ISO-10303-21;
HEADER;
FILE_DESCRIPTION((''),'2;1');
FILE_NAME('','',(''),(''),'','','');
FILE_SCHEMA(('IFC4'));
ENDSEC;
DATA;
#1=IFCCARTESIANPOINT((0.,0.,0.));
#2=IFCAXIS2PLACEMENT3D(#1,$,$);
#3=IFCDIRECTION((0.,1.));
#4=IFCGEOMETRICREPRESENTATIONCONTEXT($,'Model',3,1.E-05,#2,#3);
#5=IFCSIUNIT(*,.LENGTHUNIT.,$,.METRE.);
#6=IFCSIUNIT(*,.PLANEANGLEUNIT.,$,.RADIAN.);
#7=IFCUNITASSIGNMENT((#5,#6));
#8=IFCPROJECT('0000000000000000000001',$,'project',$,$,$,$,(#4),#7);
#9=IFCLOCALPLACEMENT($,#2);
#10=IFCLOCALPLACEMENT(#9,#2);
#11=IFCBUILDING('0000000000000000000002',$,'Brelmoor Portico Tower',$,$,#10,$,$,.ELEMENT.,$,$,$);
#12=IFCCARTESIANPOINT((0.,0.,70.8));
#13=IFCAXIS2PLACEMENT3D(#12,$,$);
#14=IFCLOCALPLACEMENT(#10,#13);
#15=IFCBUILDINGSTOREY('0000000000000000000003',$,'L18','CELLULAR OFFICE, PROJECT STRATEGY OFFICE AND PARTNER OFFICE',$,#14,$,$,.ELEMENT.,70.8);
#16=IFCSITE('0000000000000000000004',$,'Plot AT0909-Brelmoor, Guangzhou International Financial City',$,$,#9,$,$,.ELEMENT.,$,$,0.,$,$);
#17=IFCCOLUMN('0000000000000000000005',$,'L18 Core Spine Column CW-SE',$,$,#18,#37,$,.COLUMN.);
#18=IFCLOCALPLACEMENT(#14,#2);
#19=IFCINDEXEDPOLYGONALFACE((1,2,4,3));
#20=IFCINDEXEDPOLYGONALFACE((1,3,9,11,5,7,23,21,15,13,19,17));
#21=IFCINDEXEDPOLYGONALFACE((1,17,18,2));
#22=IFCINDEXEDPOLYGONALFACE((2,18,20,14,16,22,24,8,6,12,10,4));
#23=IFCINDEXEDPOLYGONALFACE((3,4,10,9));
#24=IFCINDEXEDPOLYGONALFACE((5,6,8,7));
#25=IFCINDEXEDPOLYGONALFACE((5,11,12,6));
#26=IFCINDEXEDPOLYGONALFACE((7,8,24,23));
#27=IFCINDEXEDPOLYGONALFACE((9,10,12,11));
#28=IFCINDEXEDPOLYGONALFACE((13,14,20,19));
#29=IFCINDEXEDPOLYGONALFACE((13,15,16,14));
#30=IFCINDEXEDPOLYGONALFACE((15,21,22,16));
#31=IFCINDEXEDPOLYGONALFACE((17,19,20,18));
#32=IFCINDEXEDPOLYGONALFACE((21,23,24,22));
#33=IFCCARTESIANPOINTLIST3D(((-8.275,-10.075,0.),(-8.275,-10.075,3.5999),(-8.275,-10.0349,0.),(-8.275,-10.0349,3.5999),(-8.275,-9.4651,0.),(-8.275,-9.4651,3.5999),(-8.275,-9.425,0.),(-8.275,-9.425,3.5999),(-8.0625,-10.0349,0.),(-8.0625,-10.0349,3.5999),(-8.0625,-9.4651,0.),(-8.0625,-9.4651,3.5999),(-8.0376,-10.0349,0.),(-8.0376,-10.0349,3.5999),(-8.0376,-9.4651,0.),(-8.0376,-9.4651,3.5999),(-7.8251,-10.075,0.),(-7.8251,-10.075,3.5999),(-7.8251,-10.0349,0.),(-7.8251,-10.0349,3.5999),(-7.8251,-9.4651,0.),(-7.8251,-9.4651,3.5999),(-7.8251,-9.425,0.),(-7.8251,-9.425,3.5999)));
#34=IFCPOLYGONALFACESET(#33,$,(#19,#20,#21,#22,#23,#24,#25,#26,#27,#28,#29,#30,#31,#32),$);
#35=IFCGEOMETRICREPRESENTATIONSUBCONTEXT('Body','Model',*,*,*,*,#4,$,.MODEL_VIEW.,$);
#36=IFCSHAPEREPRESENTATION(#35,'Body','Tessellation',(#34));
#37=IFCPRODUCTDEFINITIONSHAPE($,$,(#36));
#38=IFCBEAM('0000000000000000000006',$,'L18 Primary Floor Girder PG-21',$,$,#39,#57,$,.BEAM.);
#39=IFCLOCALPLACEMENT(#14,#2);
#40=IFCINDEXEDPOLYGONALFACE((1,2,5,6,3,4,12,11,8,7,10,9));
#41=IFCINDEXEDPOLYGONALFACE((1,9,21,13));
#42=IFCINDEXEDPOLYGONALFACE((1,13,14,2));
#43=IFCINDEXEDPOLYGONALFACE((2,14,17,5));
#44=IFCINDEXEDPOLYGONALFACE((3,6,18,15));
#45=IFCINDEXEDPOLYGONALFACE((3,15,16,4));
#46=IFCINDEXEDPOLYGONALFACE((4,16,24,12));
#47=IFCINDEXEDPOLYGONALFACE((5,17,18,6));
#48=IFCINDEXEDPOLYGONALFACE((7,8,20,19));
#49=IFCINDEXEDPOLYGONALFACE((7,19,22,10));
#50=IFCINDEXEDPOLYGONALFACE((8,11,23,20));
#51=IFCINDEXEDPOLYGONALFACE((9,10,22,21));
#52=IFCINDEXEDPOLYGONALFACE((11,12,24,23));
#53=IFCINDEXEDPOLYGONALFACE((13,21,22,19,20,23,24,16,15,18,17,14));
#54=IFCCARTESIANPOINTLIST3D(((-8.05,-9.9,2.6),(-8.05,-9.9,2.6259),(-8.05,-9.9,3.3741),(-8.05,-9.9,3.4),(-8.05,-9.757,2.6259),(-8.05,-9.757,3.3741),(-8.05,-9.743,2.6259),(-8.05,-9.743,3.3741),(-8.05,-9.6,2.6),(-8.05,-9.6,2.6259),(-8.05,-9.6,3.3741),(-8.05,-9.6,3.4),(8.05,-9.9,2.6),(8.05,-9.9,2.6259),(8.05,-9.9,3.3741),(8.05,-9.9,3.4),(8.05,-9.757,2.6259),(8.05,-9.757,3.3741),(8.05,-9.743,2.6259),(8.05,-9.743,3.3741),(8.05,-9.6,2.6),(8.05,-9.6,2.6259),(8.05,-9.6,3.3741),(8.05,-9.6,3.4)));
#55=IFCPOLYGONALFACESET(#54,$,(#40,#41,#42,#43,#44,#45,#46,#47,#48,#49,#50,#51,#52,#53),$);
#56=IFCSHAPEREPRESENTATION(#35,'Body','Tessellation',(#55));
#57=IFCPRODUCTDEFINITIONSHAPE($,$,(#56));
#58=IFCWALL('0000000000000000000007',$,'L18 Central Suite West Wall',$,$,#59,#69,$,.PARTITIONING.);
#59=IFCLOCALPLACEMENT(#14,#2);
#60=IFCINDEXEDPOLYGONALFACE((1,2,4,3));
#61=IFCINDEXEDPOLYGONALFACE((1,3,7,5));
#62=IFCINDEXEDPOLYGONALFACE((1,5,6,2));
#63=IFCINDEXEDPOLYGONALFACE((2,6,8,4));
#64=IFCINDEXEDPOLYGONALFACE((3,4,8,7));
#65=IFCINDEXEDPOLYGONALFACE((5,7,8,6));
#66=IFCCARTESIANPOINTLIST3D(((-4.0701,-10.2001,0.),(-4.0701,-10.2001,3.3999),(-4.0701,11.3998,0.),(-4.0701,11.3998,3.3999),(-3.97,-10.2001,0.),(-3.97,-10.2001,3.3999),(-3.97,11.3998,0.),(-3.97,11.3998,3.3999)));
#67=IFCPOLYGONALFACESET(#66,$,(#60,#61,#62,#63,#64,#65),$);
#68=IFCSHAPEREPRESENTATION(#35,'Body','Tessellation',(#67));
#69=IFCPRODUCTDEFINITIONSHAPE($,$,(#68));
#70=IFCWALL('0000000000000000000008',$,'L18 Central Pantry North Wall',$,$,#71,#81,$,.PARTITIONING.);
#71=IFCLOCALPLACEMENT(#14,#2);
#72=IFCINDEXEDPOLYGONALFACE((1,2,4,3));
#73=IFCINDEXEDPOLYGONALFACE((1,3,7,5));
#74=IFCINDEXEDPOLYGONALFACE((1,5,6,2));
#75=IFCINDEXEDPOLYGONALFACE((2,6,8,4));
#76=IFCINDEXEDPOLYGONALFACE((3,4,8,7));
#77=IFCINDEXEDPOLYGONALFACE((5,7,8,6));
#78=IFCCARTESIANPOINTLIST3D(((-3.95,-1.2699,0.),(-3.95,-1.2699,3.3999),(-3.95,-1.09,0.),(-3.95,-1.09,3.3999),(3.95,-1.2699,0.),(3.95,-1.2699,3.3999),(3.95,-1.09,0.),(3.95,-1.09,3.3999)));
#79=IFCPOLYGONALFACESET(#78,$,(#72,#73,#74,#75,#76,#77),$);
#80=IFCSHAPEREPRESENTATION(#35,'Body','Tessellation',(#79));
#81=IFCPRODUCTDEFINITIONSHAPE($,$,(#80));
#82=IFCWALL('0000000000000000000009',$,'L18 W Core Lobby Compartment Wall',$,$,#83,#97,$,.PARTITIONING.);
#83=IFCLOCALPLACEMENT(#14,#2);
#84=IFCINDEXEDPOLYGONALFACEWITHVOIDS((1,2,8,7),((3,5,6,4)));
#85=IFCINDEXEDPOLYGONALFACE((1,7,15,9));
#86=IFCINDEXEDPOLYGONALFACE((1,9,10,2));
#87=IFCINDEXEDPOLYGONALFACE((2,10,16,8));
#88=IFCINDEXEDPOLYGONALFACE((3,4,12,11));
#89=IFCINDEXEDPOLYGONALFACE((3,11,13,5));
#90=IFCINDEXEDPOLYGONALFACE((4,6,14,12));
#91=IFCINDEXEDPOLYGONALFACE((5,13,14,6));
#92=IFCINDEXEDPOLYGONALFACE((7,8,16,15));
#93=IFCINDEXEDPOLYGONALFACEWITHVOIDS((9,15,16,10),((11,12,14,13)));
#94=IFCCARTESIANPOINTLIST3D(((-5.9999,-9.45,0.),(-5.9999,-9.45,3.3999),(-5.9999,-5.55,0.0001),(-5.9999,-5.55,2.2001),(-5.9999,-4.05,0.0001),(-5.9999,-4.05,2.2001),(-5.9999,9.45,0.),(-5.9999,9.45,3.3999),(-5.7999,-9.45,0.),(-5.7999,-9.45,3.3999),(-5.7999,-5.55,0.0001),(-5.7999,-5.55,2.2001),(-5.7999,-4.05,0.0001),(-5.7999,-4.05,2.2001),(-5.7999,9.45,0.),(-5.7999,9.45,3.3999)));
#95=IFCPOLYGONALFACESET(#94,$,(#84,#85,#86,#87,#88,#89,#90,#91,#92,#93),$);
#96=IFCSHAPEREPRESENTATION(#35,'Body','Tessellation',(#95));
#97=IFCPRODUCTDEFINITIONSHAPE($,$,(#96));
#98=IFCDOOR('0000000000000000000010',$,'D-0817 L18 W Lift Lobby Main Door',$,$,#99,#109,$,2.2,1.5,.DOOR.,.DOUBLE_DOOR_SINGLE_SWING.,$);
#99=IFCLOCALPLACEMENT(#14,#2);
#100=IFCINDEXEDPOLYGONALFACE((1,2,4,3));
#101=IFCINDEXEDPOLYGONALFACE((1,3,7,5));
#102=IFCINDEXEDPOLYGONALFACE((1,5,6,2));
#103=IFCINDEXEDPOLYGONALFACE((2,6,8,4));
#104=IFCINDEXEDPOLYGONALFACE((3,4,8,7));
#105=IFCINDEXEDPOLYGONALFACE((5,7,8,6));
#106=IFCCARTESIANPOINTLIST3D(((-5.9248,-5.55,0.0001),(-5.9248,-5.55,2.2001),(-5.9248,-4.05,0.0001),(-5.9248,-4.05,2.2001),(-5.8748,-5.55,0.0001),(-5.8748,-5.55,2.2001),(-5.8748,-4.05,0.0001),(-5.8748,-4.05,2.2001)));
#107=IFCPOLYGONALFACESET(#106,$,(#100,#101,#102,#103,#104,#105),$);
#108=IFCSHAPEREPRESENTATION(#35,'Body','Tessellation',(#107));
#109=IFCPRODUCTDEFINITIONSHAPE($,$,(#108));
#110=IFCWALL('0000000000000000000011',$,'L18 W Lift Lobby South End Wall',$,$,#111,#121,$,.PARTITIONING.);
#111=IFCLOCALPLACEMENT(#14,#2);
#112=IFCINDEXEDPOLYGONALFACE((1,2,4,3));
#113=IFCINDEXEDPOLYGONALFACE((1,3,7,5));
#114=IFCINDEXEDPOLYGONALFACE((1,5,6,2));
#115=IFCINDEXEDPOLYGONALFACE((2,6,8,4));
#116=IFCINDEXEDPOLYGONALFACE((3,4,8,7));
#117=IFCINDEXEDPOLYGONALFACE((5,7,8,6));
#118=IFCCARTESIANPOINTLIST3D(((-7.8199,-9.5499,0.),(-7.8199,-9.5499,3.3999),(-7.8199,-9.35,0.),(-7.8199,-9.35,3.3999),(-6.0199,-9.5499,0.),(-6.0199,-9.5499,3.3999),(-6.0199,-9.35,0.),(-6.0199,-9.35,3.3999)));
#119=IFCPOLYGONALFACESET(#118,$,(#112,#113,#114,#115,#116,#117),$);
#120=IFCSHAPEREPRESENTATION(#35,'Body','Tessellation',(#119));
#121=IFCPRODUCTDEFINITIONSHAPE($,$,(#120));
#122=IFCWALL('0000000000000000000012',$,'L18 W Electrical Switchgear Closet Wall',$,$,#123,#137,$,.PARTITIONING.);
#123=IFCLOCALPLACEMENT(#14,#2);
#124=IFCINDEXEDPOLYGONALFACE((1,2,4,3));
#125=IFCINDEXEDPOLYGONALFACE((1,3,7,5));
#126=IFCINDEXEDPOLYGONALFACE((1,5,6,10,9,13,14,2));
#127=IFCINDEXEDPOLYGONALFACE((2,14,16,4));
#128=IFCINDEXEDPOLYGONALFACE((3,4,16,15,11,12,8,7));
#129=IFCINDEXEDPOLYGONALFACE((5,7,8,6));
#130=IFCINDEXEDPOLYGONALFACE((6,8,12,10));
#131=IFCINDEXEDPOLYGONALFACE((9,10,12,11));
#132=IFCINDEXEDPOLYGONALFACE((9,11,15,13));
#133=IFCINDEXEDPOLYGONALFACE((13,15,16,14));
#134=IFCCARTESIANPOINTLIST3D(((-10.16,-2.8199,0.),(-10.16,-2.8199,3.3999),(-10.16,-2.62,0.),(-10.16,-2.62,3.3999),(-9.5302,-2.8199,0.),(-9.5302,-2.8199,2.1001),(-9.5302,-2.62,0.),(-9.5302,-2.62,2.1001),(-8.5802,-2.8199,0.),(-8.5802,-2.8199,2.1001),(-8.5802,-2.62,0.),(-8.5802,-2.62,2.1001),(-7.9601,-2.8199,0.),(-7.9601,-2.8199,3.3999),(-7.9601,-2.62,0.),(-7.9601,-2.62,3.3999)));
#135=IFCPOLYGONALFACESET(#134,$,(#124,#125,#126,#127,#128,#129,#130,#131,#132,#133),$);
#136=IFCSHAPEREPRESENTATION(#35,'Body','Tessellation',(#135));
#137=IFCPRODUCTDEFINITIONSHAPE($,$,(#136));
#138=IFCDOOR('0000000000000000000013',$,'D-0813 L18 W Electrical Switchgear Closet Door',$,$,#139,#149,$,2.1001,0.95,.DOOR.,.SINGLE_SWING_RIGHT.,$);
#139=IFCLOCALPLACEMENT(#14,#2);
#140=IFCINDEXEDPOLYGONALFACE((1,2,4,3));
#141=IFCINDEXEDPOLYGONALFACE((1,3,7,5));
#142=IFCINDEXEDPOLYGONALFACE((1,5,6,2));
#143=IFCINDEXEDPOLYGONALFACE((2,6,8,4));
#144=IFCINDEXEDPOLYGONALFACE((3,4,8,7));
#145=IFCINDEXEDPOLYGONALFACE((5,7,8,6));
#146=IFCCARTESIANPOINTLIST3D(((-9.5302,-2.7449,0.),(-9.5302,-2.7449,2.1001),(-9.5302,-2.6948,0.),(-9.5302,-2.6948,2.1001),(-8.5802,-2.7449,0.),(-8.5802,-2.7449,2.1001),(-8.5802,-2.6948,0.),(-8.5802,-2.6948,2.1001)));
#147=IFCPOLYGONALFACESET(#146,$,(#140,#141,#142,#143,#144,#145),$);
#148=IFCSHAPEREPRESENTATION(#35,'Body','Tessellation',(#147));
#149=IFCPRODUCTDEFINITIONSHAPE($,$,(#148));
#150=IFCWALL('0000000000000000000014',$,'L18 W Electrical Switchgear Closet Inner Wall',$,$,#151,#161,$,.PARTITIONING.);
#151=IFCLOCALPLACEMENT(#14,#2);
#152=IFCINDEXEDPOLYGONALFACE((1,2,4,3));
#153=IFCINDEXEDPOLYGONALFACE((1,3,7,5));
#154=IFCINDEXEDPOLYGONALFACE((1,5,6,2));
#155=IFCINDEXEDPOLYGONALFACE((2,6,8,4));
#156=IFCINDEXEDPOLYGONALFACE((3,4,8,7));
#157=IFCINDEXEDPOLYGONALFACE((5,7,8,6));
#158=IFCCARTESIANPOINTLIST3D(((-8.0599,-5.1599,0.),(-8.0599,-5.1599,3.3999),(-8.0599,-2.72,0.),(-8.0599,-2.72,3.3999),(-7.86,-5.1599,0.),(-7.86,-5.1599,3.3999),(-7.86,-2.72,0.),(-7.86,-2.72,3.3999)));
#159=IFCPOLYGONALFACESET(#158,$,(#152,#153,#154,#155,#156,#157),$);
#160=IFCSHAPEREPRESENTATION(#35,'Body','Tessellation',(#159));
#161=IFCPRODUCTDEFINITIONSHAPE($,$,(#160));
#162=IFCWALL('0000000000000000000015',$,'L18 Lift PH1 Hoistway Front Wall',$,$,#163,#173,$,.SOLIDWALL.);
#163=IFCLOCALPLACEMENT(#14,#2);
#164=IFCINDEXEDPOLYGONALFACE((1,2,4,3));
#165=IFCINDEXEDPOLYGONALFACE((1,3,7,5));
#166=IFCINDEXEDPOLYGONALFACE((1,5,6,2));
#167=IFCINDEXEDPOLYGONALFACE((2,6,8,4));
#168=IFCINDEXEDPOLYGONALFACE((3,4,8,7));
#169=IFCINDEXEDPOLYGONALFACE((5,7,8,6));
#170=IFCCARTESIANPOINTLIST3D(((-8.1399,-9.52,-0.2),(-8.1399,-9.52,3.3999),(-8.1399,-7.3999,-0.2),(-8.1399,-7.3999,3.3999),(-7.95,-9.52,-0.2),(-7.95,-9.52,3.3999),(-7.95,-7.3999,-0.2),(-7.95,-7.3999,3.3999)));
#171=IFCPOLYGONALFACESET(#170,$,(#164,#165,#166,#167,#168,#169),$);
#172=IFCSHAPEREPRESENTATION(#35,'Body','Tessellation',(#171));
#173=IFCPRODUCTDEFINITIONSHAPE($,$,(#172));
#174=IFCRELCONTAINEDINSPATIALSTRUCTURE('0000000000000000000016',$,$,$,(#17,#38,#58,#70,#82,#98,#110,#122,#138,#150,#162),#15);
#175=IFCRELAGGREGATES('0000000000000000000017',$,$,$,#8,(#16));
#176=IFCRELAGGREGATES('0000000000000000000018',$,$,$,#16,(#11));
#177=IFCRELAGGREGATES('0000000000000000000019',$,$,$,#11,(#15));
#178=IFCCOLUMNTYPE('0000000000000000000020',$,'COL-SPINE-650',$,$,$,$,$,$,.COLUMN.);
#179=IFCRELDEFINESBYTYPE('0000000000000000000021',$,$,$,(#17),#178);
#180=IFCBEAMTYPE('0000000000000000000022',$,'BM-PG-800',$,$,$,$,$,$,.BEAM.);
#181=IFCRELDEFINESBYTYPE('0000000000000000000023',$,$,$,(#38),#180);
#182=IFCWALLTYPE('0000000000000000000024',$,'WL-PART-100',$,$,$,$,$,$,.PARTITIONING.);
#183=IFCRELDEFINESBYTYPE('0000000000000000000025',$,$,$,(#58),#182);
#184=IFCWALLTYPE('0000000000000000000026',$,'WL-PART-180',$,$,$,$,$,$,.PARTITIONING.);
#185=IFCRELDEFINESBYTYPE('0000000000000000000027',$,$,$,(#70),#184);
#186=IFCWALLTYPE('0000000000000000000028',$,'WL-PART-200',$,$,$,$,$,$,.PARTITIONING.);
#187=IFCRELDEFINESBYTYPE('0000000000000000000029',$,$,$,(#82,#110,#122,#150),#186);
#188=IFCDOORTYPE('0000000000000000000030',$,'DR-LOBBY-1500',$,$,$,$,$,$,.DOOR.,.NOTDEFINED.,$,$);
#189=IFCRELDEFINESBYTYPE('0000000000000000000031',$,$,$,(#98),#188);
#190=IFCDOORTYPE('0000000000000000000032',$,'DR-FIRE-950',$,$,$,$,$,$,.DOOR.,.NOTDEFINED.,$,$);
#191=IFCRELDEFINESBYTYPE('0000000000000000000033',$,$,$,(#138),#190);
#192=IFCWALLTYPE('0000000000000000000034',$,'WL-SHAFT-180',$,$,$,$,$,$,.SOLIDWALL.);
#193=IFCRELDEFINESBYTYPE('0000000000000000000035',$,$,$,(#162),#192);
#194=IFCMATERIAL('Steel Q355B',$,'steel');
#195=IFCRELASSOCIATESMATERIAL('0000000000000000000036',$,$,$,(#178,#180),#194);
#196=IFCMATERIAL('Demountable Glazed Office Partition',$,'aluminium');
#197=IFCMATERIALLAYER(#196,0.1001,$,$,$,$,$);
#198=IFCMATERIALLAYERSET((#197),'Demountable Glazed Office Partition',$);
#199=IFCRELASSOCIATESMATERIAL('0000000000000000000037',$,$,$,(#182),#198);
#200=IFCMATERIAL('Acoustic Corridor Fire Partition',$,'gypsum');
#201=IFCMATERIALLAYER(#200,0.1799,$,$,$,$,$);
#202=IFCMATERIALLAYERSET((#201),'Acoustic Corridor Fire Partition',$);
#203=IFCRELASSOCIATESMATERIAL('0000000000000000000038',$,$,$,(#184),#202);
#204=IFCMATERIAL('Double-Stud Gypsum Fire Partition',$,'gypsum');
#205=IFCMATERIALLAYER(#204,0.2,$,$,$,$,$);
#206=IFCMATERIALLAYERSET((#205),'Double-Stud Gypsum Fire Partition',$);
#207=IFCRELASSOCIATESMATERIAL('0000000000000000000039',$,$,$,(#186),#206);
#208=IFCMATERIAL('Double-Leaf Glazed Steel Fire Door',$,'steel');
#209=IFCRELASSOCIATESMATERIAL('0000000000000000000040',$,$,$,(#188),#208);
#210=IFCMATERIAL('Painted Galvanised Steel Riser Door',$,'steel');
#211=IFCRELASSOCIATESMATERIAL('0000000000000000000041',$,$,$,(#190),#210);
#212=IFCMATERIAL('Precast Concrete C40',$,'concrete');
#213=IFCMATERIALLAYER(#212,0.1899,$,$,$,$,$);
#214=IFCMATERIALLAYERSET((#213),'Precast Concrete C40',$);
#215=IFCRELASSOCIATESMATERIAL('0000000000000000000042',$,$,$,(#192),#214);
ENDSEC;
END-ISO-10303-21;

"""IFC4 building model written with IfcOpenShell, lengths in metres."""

from ifc_helpers import new_model, si_unit, direction, frame, frame_2d, origin, origin_2d, place, context, subcontext, project, spatial, rectangle, i_section, extrude, material, layer, layer_set, material_profile, profile_set, type_object, element, fill, save


model = new_model("IFC4")

# Units and contexts
model_context = context("Model", 3, precision=1e-05, world=origin(), true_north=direction((0.0, 1.0)))
body_context = subcontext(model_context, "Body", "Model", "MODEL_VIEW")
ifc_project = project(units=[si_unit("LENGTHUNIT", "METRE"), si_unit("PLANEANGLEUNIT", "RADIAN")], contexts=[model_context])

# Site, building, storey
site_placement = place(None, origin())
site = spatial("IfcSite", under=ifc_project, at=site_placement, Name="Plot AT0909-Brelmoor, Guangzhou International Financial City", CompositionType="ELEMENT", RefElevation=0.0)
building_placement = place(site_placement, origin())
building = spatial("IfcBuilding", under=site, at=building_placement, Name="Brelmoor Portico Tower", CompositionType="ELEMENT")
storey_placement = place(building_placement, frame((0.0, 0.0, 70.8)))
storey = spatial("IfcBuildingStorey", under=building, at=storey_placement, Name="L18", Description="CELLULAR OFFICE, PROJECT STRATEGY OFFICE AND PARTNER OFFICE", CompositionType="ELEMENT", Elevation=70.8)

# Column
ifc_material_1 = material(Name="Steel Q355B", Category="steel")
ifc_material_profile_1 = material_profile(ifc_material_1, i_section(OverallWidth=0.45, OverallDepth=0.6499, WebThickness=0.0249, FlangeThickness=0.04, at=origin_2d()), Name="HW 650x450x25x40")
ifc_profile_set_1 = profile_set([ifc_material_profile_1], Name="Steel Q355B")
column_type = type_object("IfcColumnType", Name="COL-SPINE-650", PredefinedType="COLUMN", material=ifc_profile_set_1)
column_placement = place(storey_placement, frame((-8.05, -9.75, 0.0), z_axis=(0.0, 0.0, 1.0), x_axis=(1.0, 0.0, 0.0)))
element("IfcColumn", 1, at=column_placement, inside=storey, type_object=column_type, Name="L18 Core Spine Column CW-SE", PredefinedType="COLUMN", context=body_context, shape_type="SweptSolid", body=[
    extrude(i_section(OverallWidth=0.45, OverallDepth=0.6499, WebThickness=0.0249, FlangeThickness=0.04, at=origin_2d()), origin(), (0.0, 0.0, 1.0), 3.5999),
])

# Beam
ifc_material_profile_2 = material_profile(ifc_material_1, i_section(OverallWidth=0.3, OverallDepth=0.8, WebThickness=0.0139, FlangeThickness=0.0259, at=origin_2d()), Name="HN 800x300x14x26")
ifc_profile_set_2 = profile_set([ifc_material_profile_2], Name="Steel Q355B")
beam_type = type_object("IfcBeamType", Name="BM-PG-800", PredefinedType="BEAM", material=ifc_profile_set_2)
beam_placement = place(storey_placement, frame((-8.05, -9.75, 3.0), z_axis=(1.0, 0.0, 0.0), x_axis=(0.0, 1.0, 0.0)))
element("IfcBeam", 2, at=beam_placement, inside=storey, type_object=beam_type, Name="L18 Primary Floor Girder PG-21", PredefinedType="BEAM", context=body_context, shape_type="SweptSolid", body=[
    extrude(i_section(OverallWidth=0.3, OverallDepth=0.8, WebThickness=0.0139, FlangeThickness=0.0259, at=origin_2d()), origin(), (0.0, 0.0, 1.0), 16.1001),
])

# Walls
ifc_material_2 = material(Name="Demountable Glazed Office Partition", Category="aluminium")
ifc_layer_1 = layer(ifc_material_2, 0.1001)
ifc_layer_set_1 = layer_set([ifc_layer_1], Name="Demountable Glazed Office Partition")
wall_type_1 = type_object("IfcWallType", Name="WL-PART-100", PredefinedType="PARTITIONING", material=ifc_layer_set_1)
wall_1_placement = place(storey_placement, frame((-4.02, -10.2, 0.0), z_axis=(0.0, 0.0, 1.0), x_axis=(0.0, 1.0, 0.0)))
element("IfcWall", 3, at=wall_1_placement, inside=storey, type_object=wall_type_1, Name="L18 Central Suite West Wall", PredefinedType="PARTITIONING", context=body_context, shape_type="SweptSolid", body=[
    extrude(rectangle(XDim=21.5999, YDim=0.1001, at=frame_2d((10.7998, 0.0))), origin(), (0.0, 0.0, 1.0), 3.3999),
])
ifc_material_3 = material(Name="Acoustic Corridor Fire Partition", Category="gypsum")
ifc_layer_2 = layer(ifc_material_3, 0.1799)
ifc_layer_set_2 = layer_set([ifc_layer_2], Name="Acoustic Corridor Fire Partition")
wall_type_2 = type_object("IfcWallType", Name="WL-PART-180", PredefinedType="PARTITIONING", material=ifc_layer_set_2)
wall_2_placement = place(storey_placement, frame((-3.95, -1.1799, 0.0), z_axis=(0.0, 0.0, 1.0), x_axis=(1.0, 0.0, 0.0)))
element("IfcWall", 4, at=wall_2_placement, inside=storey, type_object=wall_type_2, Name="L18 Central Pantry North Wall", PredefinedType="PARTITIONING", context=body_context, shape_type="SweptSolid", body=[
    extrude(rectangle(XDim=7.8999, YDim=0.1799, at=frame_2d((3.95, 0.0))), origin(), (0.0, 0.0, 1.0), 3.3999),
])

# Wall, opening, door
ifc_material_4 = material(Name="Double-Stud Gypsum Fire Partition", Category="gypsum")
ifc_layer_3 = layer(ifc_material_4, 0.2)
ifc_layer_set_3 = layer_set([ifc_layer_3], Name="Double-Stud Gypsum Fire Partition")
wall_type_3 = type_object("IfcWallType", Name="WL-PART-200", PredefinedType="PARTITIONING", material=ifc_layer_set_3)
wall_3_placement = place(storey_placement, frame((-5.8999, -9.45, 0.0), z_axis=(0.0, 0.0, 1.0), x_axis=(0.0, 1.0, 0.0)))
wall_3 = element("IfcWall", 5, at=wall_3_placement, inside=storey, type_object=wall_type_3, Name="L18 W Core Lobby Compartment Wall", PredefinedType="PARTITIONING", context=body_context, shape_type="SweptSolid", body=[
    extrude(rectangle(XDim=18.8999, YDim=0.2, at=frame_2d((9.45, 0.0))), origin(), (0.0, 0.0, 1.0), 3.3999),
])
opening_1_placement = place(wall_3_placement, frame((3.8999, 0.0, 0.0)))
opening_1 = element("IfcOpeningElement", 6, at=opening_1_placement, cuts=wall_3, PredefinedType="OPENING", context=body_context, shape_type="SweptSolid", body=[
    extrude(rectangle(XDim=1.5, YDim=2.2, at=frame_2d((0.75, 1.1001))), frame((0.0, 0.1099, 0.0), z_axis=(0.0, -1.0, 0.0), x_axis=(1.0, 0.0, 0.0)), (0.0, 0.0, 1.0), 0.22),
])
ifc_material_5 = material(Name="Double-Leaf Glazed Steel Fire Door", Category="steel")
door_type_1 = type_object("IfcDoorType", Name="DR-LOBBY-1500", OperationType="NOTDEFINED", PredefinedType="DOOR", material=ifc_material_5)
door_1_placement = place(opening_1_placement, origin())
door_1 = element("IfcDoor", 7, at=door_1_placement, inside=storey, type_object=door_type_1, Name="D-0817 L18 W Lift Lobby Main Door", OperationType="DOUBLE_DOOR_SINGLE_SWING", OverallHeight=2.2, OverallWidth=1.5, PredefinedType="DOOR", context=body_context, shape_type="SweptSolid", body=[
    extrude(rectangle(XDim=1.5, YDim=2.2, at=frame_2d((0.75, 1.1001))), frame((0.0, 0.0249, 0.0), z_axis=(0.0, -1.0, 0.0), x_axis=(1.0, 0.0, 0.0)), (0.0, 0.0, 1.0), 0.05),
])
fill(opening_1, door_1)

# Wall
wall_4_placement = place(storey_placement, frame((-6.02, -9.45, 0.0), z_axis=(0.0, 0.0, 1.0), x_axis=(-1.0, 0.0, 0.0)))
element("IfcWall", 8, at=wall_4_placement, inside=storey, type_object=wall_type_3, Name="L18 W Lift Lobby South End Wall", PredefinedType="PARTITIONING", context=body_context, shape_type="SweptSolid", body=[
    extrude(rectangle(XDim=1.8, YDim=0.2, at=frame_2d((0.8999, 0.0))), origin(), (0.0, 0.0, 1.0), 3.3999),
])

# Wall, opening, door
wall_5_placement = place(storey_placement, frame((-7.96, -2.72, 0.0), z_axis=(0.0, 0.0, 1.0), x_axis=(-1.0, 0.0, 0.0)))
wall_5 = element("IfcWall", 9, at=wall_5_placement, inside=storey, type_object=wall_type_3, Name="L18 W Electrical Switchgear Closet Wall", PredefinedType="PARTITIONING", context=body_context, shape_type="SweptSolid", body=[
    extrude(rectangle(XDim=2.2, YDim=0.2, at=frame_2d((1.1001, 0.0))), origin(), (0.0, 0.0, 1.0), 3.3999),
])
opening_2_placement = place(wall_5_placement, frame((0.6201, 0.0, 0.0)))
opening_2 = element("IfcOpeningElement", 10, at=opening_2_placement, cuts=wall_5, PredefinedType="OPENING", context=body_context, shape_type="SweptSolid", body=[
    extrude(rectangle(XDim=0.95, YDim=2.1001, at=frame_2d((0.4751, 1.05))), frame((0.0, 0.1099, 0.0), z_axis=(0.0, -1.0, 0.0), x_axis=(1.0, 0.0, 0.0)), (0.0, 0.0, 1.0), 0.22),
])
ifc_material_6 = material(Name="Painted Galvanised Steel Riser Door", Category="steel")
door_type_2 = type_object("IfcDoorType", Name="DR-FIRE-950", OperationType="NOTDEFINED", PredefinedType="DOOR", material=ifc_material_6)
door_2_placement = place(opening_2_placement, origin())
door_2 = element("IfcDoor", 11, at=door_2_placement, inside=storey, type_object=door_type_2, Name="D-0813 L18 W Electrical Switchgear Closet Door", OperationType="SINGLE_SWING_RIGHT", OverallHeight=2.1001, OverallWidth=0.95, PredefinedType="DOOR", context=body_context, shape_type="SweptSolid", body=[
    extrude(rectangle(XDim=0.95, YDim=2.1001, at=frame_2d((0.4751, 1.05))), frame((0.0, 0.0249, 0.0), z_axis=(0.0, -1.0, 0.0), x_axis=(1.0, 0.0, 0.0)), (0.0, 0.0, 1.0), 0.05),
])
fill(opening_2, door_2)

# Walls
wall_6_placement = place(storey_placement, frame((-7.96, -5.1599, 0.0), z_axis=(0.0, 0.0, 1.0), x_axis=(0.0, 1.0, 0.0)))
element("IfcWall", 12, at=wall_6_placement, inside=storey, type_object=wall_type_3, Name="L18 W Electrical Switchgear Closet Inner Wall", PredefinedType="PARTITIONING", context=body_context, shape_type="SweptSolid", body=[
    extrude(rectangle(XDim=2.4399, YDim=0.2, at=frame_2d((1.22, 0.0))), origin(), (0.0, 0.0, 1.0), 3.3999),
])
ifc_material_7 = material(Name="Precast Concrete C40", Category="concrete")
ifc_layer_4 = layer(ifc_material_7, 0.1899)
ifc_layer_set_4 = layer_set([ifc_layer_4], Name="Precast Concrete C40")
wall_type_4 = type_object("IfcWallType", Name="WL-SHAFT-180", PredefinedType="SOLIDWALL", material=ifc_layer_set_4)
for number, where, z_axis, x_axis, name in (
    (13, (-8.0449, -9.52, -0.2), (0.0, 0.0, 1.0), (0.0, 1.0, 0.0), "L18 Lift PH1 Hoistway Front Wall"),
):
    element("IfcWall", number, at=place(storey_placement, frame(where, z_axis=z_axis, x_axis=x_axis)), inside=storey, type_object=wall_type_4, Name=name, PredefinedType="SOLIDWALL", context=body_context, shape_type="SweptSolid", body=[
        extrude(rectangle(XDim=2.1201, YDim=0.1899, at=frame_2d((1.0601, 0.0))), origin(), (0.0, 0.0, 1.0), 3.5999),
    ])

save(model, "model.ifc")
